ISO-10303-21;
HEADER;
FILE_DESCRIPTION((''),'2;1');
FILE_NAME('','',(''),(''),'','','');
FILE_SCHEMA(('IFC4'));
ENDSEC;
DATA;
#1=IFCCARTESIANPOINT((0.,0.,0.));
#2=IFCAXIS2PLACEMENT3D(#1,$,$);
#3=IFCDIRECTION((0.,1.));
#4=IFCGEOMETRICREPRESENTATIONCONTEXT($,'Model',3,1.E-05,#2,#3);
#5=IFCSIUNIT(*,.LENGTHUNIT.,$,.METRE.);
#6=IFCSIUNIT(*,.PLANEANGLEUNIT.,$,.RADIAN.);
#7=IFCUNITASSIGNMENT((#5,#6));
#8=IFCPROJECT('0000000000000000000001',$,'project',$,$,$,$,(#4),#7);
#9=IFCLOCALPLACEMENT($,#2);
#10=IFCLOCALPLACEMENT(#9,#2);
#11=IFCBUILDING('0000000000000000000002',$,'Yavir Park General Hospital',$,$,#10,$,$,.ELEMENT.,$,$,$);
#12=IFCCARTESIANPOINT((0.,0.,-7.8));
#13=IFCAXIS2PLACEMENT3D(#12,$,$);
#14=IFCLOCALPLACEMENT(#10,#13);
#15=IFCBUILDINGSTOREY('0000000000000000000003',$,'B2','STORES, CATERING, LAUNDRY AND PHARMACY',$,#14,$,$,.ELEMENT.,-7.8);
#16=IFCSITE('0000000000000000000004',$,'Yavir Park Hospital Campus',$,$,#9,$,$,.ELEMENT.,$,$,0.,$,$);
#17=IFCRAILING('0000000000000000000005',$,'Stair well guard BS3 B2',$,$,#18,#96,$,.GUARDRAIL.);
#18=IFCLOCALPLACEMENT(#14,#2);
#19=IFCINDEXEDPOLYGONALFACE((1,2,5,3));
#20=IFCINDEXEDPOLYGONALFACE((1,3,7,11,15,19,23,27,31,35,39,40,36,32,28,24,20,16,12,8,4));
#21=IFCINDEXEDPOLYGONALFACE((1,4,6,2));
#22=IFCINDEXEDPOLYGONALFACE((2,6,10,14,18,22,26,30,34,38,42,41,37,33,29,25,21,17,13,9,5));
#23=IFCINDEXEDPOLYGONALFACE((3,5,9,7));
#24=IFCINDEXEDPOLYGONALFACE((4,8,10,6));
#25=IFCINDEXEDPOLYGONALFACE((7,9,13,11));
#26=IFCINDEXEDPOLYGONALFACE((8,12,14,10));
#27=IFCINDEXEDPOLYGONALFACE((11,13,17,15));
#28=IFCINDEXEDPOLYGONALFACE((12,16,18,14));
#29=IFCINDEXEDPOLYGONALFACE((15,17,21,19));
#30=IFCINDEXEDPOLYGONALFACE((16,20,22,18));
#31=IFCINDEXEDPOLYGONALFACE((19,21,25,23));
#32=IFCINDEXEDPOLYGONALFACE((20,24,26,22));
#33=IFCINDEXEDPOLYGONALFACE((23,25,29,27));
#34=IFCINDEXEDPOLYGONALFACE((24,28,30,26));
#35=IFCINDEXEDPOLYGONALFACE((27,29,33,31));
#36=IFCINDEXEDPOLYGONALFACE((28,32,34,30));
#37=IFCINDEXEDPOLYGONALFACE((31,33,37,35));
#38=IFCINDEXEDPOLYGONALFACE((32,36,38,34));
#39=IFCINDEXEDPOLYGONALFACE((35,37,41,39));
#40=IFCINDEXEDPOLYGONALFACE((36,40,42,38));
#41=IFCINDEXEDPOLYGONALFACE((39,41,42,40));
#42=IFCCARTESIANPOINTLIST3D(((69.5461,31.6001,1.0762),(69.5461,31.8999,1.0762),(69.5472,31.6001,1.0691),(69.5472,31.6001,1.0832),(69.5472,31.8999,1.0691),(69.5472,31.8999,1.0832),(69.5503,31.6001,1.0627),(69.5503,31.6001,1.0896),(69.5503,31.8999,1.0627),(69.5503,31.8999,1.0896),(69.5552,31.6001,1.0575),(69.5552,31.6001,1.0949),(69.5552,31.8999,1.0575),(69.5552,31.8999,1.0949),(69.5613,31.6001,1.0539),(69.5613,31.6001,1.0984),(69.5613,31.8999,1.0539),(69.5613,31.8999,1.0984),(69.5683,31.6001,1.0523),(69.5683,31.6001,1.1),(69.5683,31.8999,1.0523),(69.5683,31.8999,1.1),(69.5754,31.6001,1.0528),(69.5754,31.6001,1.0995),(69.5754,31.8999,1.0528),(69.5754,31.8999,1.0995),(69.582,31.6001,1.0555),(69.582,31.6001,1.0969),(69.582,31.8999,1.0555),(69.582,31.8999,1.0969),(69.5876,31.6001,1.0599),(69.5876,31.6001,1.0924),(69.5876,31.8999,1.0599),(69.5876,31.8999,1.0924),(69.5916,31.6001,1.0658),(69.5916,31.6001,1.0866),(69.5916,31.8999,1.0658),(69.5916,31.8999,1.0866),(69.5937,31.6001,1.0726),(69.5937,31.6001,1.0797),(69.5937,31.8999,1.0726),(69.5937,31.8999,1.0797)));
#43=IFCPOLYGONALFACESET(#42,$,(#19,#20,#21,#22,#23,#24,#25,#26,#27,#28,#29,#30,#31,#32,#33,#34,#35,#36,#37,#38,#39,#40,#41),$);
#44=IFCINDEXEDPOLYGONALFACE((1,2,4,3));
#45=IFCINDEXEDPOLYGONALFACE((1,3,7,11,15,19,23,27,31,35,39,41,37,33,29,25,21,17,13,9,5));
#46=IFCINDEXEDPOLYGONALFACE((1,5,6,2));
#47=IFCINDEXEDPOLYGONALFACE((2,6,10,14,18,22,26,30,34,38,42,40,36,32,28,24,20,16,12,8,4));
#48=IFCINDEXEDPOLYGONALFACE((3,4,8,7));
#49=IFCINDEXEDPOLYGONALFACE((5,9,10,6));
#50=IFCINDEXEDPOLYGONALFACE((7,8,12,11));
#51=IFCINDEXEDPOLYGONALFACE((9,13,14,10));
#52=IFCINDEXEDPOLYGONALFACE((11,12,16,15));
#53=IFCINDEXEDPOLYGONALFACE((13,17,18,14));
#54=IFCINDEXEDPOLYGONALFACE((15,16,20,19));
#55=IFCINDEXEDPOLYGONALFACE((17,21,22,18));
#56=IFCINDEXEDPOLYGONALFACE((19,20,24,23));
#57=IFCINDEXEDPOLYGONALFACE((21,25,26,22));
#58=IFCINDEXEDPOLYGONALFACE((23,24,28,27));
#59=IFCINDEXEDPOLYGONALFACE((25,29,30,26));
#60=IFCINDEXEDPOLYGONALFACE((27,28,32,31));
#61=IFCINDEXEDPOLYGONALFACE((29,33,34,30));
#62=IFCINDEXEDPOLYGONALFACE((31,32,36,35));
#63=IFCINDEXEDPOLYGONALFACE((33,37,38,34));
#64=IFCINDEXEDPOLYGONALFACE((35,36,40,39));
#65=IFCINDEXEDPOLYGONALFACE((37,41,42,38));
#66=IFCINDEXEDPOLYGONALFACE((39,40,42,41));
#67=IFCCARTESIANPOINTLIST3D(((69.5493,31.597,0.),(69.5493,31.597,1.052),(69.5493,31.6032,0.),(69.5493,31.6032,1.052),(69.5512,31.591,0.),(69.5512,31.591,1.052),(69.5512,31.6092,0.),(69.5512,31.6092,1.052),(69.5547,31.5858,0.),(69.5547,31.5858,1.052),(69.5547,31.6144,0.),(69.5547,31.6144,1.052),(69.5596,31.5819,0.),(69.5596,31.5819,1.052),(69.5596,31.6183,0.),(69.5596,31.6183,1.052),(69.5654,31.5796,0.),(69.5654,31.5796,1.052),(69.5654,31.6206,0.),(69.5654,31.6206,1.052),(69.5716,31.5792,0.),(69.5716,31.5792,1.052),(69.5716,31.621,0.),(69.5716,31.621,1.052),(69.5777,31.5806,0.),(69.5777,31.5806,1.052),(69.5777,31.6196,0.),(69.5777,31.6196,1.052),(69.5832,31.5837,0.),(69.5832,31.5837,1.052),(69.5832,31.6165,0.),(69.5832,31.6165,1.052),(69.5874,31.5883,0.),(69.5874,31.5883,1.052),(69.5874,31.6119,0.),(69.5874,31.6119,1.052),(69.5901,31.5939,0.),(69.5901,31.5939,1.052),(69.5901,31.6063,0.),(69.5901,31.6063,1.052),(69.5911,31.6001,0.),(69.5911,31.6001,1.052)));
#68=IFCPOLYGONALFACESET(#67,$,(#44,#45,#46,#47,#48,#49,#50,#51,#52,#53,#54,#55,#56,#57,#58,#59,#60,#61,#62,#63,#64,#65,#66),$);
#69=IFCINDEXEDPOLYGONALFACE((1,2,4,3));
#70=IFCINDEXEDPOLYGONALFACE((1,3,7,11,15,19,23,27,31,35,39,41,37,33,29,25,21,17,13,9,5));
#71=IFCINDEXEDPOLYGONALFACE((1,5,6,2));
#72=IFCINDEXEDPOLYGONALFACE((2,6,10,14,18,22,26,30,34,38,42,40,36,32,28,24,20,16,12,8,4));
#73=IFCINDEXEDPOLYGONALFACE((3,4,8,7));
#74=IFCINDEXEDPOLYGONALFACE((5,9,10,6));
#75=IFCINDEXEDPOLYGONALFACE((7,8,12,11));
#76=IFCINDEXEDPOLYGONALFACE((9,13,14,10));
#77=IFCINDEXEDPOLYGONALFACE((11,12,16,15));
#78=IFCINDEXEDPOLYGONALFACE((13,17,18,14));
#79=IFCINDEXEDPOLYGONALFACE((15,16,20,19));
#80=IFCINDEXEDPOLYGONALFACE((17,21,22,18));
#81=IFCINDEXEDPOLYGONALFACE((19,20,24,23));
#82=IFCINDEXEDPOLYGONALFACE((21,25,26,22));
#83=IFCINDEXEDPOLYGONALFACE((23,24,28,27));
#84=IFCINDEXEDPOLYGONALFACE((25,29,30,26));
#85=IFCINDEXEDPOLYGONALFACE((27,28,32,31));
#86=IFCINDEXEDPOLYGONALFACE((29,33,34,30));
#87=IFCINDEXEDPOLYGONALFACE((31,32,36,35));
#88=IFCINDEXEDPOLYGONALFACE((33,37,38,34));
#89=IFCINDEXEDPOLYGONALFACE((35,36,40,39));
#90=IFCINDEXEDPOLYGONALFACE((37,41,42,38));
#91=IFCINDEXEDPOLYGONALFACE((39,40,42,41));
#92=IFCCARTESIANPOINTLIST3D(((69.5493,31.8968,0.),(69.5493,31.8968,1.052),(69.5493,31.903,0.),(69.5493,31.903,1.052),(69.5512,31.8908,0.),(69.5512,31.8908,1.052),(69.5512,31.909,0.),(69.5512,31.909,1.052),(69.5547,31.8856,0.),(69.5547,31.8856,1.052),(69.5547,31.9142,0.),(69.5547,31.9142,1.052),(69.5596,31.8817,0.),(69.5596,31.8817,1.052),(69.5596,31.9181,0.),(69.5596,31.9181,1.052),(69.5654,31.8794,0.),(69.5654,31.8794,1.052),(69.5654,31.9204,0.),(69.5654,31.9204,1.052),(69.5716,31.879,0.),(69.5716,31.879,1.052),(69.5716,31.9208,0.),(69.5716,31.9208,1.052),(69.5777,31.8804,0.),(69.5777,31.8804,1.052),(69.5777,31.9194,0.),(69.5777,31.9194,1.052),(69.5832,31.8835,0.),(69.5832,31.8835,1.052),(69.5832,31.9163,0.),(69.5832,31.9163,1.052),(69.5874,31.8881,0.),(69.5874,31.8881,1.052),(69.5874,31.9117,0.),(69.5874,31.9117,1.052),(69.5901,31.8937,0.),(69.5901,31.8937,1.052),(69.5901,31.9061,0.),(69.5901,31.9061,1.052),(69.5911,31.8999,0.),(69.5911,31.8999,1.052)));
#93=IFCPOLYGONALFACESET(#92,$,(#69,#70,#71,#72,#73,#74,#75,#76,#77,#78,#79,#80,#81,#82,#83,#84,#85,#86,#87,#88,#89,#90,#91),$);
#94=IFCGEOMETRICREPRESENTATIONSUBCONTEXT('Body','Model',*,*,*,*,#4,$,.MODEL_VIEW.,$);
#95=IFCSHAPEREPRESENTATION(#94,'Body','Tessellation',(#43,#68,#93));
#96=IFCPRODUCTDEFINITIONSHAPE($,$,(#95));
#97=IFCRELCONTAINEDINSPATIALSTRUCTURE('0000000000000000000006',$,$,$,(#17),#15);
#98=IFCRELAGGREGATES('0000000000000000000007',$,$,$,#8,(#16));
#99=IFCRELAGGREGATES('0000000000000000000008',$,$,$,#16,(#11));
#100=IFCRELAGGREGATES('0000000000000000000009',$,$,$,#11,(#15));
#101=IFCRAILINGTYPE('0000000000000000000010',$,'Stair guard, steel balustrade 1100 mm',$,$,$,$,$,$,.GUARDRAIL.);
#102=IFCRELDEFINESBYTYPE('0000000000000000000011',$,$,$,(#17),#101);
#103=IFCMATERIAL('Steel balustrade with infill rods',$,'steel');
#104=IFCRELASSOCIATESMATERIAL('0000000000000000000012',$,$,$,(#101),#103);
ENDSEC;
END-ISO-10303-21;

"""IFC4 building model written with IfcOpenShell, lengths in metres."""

from ifc_helpers import new_model, si_unit, direction, frame, origin, origin_2d, place, context, subcontext, project, spatial, circle, extrude, material, type_object, element, save


model = new_model("IFC4")

# Units and contexts
model_context = context("Model", 3, precision=1e-05, world=origin(), true_north=direction((0.0, 1.0)))
body_context = subcontext(model_context, "Body", "Model", "MODEL_VIEW")
ifc_project = project(units=[si_unit("LENGTHUNIT", "METRE"), si_unit("PLANEANGLEUNIT", "RADIAN")], contexts=[model_context])

# Site, building, storey
site_placement = place(None, origin())
site = spatial("IfcSite", under=ifc_project, at=site_placement, Name="Yavir Park Hospital Campus", CompositionType="ELEMENT", RefElevation=0.0)
building_placement = place(site_placement, origin())
building = spatial("IfcBuilding", under=site, at=building_placement, Name="Yavir Park General Hospital", CompositionType="ELEMENT")
storey_placement = place(building_placement, frame((0.0, 0.0, -7.8)))
storey = spatial("IfcBuildingStorey", under=building, at=storey_placement, Name="B2", Description="STORES, CATERING, LAUNDRY AND PHARMACY", CompositionType="ELEMENT", Elevation=-7.8)

# Railing
ifc_material_1 = material(Name="Steel balustrade with infill rods", Category="steel")
railing_type_1 = type_object("IfcRailingType", Name="Stair guard, steel balustrade 1100 mm", PredefinedType="GUARDRAIL", material=ifc_material_1)
railing_placement = place(storey_placement, frame((69.5701, 31.6001, 0.0)))
element("IfcRailing", 1, at=railing_placement, inside=storey, type_object=railing_type_1, Name="Stair well guard BS3 B2", PredefinedType="GUARDRAIL", context=body_context, shape_type="SweptSolid", body=[
    extrude(circle(Radius=0.0239, at=origin_2d()), frame((0.0, 0.0, 1.0762), z_axis=(0.0, 1.0, 0.0), x_axis=(-1.0, 0.0, 0.0)), (0.0, 0.0, 1.0), 0.2998),
    extrude(circle(Radius=0.021, at=origin_2d()), origin(), (0.0, 0.0, 1.0), 1.052),
    extrude(circle(Radius=0.021, at=origin_2d()), frame((0.0, 0.2998, 0.0)), (0.0, 0.0, 1.0), 1.052),
])

save(model, "model.ifc")
